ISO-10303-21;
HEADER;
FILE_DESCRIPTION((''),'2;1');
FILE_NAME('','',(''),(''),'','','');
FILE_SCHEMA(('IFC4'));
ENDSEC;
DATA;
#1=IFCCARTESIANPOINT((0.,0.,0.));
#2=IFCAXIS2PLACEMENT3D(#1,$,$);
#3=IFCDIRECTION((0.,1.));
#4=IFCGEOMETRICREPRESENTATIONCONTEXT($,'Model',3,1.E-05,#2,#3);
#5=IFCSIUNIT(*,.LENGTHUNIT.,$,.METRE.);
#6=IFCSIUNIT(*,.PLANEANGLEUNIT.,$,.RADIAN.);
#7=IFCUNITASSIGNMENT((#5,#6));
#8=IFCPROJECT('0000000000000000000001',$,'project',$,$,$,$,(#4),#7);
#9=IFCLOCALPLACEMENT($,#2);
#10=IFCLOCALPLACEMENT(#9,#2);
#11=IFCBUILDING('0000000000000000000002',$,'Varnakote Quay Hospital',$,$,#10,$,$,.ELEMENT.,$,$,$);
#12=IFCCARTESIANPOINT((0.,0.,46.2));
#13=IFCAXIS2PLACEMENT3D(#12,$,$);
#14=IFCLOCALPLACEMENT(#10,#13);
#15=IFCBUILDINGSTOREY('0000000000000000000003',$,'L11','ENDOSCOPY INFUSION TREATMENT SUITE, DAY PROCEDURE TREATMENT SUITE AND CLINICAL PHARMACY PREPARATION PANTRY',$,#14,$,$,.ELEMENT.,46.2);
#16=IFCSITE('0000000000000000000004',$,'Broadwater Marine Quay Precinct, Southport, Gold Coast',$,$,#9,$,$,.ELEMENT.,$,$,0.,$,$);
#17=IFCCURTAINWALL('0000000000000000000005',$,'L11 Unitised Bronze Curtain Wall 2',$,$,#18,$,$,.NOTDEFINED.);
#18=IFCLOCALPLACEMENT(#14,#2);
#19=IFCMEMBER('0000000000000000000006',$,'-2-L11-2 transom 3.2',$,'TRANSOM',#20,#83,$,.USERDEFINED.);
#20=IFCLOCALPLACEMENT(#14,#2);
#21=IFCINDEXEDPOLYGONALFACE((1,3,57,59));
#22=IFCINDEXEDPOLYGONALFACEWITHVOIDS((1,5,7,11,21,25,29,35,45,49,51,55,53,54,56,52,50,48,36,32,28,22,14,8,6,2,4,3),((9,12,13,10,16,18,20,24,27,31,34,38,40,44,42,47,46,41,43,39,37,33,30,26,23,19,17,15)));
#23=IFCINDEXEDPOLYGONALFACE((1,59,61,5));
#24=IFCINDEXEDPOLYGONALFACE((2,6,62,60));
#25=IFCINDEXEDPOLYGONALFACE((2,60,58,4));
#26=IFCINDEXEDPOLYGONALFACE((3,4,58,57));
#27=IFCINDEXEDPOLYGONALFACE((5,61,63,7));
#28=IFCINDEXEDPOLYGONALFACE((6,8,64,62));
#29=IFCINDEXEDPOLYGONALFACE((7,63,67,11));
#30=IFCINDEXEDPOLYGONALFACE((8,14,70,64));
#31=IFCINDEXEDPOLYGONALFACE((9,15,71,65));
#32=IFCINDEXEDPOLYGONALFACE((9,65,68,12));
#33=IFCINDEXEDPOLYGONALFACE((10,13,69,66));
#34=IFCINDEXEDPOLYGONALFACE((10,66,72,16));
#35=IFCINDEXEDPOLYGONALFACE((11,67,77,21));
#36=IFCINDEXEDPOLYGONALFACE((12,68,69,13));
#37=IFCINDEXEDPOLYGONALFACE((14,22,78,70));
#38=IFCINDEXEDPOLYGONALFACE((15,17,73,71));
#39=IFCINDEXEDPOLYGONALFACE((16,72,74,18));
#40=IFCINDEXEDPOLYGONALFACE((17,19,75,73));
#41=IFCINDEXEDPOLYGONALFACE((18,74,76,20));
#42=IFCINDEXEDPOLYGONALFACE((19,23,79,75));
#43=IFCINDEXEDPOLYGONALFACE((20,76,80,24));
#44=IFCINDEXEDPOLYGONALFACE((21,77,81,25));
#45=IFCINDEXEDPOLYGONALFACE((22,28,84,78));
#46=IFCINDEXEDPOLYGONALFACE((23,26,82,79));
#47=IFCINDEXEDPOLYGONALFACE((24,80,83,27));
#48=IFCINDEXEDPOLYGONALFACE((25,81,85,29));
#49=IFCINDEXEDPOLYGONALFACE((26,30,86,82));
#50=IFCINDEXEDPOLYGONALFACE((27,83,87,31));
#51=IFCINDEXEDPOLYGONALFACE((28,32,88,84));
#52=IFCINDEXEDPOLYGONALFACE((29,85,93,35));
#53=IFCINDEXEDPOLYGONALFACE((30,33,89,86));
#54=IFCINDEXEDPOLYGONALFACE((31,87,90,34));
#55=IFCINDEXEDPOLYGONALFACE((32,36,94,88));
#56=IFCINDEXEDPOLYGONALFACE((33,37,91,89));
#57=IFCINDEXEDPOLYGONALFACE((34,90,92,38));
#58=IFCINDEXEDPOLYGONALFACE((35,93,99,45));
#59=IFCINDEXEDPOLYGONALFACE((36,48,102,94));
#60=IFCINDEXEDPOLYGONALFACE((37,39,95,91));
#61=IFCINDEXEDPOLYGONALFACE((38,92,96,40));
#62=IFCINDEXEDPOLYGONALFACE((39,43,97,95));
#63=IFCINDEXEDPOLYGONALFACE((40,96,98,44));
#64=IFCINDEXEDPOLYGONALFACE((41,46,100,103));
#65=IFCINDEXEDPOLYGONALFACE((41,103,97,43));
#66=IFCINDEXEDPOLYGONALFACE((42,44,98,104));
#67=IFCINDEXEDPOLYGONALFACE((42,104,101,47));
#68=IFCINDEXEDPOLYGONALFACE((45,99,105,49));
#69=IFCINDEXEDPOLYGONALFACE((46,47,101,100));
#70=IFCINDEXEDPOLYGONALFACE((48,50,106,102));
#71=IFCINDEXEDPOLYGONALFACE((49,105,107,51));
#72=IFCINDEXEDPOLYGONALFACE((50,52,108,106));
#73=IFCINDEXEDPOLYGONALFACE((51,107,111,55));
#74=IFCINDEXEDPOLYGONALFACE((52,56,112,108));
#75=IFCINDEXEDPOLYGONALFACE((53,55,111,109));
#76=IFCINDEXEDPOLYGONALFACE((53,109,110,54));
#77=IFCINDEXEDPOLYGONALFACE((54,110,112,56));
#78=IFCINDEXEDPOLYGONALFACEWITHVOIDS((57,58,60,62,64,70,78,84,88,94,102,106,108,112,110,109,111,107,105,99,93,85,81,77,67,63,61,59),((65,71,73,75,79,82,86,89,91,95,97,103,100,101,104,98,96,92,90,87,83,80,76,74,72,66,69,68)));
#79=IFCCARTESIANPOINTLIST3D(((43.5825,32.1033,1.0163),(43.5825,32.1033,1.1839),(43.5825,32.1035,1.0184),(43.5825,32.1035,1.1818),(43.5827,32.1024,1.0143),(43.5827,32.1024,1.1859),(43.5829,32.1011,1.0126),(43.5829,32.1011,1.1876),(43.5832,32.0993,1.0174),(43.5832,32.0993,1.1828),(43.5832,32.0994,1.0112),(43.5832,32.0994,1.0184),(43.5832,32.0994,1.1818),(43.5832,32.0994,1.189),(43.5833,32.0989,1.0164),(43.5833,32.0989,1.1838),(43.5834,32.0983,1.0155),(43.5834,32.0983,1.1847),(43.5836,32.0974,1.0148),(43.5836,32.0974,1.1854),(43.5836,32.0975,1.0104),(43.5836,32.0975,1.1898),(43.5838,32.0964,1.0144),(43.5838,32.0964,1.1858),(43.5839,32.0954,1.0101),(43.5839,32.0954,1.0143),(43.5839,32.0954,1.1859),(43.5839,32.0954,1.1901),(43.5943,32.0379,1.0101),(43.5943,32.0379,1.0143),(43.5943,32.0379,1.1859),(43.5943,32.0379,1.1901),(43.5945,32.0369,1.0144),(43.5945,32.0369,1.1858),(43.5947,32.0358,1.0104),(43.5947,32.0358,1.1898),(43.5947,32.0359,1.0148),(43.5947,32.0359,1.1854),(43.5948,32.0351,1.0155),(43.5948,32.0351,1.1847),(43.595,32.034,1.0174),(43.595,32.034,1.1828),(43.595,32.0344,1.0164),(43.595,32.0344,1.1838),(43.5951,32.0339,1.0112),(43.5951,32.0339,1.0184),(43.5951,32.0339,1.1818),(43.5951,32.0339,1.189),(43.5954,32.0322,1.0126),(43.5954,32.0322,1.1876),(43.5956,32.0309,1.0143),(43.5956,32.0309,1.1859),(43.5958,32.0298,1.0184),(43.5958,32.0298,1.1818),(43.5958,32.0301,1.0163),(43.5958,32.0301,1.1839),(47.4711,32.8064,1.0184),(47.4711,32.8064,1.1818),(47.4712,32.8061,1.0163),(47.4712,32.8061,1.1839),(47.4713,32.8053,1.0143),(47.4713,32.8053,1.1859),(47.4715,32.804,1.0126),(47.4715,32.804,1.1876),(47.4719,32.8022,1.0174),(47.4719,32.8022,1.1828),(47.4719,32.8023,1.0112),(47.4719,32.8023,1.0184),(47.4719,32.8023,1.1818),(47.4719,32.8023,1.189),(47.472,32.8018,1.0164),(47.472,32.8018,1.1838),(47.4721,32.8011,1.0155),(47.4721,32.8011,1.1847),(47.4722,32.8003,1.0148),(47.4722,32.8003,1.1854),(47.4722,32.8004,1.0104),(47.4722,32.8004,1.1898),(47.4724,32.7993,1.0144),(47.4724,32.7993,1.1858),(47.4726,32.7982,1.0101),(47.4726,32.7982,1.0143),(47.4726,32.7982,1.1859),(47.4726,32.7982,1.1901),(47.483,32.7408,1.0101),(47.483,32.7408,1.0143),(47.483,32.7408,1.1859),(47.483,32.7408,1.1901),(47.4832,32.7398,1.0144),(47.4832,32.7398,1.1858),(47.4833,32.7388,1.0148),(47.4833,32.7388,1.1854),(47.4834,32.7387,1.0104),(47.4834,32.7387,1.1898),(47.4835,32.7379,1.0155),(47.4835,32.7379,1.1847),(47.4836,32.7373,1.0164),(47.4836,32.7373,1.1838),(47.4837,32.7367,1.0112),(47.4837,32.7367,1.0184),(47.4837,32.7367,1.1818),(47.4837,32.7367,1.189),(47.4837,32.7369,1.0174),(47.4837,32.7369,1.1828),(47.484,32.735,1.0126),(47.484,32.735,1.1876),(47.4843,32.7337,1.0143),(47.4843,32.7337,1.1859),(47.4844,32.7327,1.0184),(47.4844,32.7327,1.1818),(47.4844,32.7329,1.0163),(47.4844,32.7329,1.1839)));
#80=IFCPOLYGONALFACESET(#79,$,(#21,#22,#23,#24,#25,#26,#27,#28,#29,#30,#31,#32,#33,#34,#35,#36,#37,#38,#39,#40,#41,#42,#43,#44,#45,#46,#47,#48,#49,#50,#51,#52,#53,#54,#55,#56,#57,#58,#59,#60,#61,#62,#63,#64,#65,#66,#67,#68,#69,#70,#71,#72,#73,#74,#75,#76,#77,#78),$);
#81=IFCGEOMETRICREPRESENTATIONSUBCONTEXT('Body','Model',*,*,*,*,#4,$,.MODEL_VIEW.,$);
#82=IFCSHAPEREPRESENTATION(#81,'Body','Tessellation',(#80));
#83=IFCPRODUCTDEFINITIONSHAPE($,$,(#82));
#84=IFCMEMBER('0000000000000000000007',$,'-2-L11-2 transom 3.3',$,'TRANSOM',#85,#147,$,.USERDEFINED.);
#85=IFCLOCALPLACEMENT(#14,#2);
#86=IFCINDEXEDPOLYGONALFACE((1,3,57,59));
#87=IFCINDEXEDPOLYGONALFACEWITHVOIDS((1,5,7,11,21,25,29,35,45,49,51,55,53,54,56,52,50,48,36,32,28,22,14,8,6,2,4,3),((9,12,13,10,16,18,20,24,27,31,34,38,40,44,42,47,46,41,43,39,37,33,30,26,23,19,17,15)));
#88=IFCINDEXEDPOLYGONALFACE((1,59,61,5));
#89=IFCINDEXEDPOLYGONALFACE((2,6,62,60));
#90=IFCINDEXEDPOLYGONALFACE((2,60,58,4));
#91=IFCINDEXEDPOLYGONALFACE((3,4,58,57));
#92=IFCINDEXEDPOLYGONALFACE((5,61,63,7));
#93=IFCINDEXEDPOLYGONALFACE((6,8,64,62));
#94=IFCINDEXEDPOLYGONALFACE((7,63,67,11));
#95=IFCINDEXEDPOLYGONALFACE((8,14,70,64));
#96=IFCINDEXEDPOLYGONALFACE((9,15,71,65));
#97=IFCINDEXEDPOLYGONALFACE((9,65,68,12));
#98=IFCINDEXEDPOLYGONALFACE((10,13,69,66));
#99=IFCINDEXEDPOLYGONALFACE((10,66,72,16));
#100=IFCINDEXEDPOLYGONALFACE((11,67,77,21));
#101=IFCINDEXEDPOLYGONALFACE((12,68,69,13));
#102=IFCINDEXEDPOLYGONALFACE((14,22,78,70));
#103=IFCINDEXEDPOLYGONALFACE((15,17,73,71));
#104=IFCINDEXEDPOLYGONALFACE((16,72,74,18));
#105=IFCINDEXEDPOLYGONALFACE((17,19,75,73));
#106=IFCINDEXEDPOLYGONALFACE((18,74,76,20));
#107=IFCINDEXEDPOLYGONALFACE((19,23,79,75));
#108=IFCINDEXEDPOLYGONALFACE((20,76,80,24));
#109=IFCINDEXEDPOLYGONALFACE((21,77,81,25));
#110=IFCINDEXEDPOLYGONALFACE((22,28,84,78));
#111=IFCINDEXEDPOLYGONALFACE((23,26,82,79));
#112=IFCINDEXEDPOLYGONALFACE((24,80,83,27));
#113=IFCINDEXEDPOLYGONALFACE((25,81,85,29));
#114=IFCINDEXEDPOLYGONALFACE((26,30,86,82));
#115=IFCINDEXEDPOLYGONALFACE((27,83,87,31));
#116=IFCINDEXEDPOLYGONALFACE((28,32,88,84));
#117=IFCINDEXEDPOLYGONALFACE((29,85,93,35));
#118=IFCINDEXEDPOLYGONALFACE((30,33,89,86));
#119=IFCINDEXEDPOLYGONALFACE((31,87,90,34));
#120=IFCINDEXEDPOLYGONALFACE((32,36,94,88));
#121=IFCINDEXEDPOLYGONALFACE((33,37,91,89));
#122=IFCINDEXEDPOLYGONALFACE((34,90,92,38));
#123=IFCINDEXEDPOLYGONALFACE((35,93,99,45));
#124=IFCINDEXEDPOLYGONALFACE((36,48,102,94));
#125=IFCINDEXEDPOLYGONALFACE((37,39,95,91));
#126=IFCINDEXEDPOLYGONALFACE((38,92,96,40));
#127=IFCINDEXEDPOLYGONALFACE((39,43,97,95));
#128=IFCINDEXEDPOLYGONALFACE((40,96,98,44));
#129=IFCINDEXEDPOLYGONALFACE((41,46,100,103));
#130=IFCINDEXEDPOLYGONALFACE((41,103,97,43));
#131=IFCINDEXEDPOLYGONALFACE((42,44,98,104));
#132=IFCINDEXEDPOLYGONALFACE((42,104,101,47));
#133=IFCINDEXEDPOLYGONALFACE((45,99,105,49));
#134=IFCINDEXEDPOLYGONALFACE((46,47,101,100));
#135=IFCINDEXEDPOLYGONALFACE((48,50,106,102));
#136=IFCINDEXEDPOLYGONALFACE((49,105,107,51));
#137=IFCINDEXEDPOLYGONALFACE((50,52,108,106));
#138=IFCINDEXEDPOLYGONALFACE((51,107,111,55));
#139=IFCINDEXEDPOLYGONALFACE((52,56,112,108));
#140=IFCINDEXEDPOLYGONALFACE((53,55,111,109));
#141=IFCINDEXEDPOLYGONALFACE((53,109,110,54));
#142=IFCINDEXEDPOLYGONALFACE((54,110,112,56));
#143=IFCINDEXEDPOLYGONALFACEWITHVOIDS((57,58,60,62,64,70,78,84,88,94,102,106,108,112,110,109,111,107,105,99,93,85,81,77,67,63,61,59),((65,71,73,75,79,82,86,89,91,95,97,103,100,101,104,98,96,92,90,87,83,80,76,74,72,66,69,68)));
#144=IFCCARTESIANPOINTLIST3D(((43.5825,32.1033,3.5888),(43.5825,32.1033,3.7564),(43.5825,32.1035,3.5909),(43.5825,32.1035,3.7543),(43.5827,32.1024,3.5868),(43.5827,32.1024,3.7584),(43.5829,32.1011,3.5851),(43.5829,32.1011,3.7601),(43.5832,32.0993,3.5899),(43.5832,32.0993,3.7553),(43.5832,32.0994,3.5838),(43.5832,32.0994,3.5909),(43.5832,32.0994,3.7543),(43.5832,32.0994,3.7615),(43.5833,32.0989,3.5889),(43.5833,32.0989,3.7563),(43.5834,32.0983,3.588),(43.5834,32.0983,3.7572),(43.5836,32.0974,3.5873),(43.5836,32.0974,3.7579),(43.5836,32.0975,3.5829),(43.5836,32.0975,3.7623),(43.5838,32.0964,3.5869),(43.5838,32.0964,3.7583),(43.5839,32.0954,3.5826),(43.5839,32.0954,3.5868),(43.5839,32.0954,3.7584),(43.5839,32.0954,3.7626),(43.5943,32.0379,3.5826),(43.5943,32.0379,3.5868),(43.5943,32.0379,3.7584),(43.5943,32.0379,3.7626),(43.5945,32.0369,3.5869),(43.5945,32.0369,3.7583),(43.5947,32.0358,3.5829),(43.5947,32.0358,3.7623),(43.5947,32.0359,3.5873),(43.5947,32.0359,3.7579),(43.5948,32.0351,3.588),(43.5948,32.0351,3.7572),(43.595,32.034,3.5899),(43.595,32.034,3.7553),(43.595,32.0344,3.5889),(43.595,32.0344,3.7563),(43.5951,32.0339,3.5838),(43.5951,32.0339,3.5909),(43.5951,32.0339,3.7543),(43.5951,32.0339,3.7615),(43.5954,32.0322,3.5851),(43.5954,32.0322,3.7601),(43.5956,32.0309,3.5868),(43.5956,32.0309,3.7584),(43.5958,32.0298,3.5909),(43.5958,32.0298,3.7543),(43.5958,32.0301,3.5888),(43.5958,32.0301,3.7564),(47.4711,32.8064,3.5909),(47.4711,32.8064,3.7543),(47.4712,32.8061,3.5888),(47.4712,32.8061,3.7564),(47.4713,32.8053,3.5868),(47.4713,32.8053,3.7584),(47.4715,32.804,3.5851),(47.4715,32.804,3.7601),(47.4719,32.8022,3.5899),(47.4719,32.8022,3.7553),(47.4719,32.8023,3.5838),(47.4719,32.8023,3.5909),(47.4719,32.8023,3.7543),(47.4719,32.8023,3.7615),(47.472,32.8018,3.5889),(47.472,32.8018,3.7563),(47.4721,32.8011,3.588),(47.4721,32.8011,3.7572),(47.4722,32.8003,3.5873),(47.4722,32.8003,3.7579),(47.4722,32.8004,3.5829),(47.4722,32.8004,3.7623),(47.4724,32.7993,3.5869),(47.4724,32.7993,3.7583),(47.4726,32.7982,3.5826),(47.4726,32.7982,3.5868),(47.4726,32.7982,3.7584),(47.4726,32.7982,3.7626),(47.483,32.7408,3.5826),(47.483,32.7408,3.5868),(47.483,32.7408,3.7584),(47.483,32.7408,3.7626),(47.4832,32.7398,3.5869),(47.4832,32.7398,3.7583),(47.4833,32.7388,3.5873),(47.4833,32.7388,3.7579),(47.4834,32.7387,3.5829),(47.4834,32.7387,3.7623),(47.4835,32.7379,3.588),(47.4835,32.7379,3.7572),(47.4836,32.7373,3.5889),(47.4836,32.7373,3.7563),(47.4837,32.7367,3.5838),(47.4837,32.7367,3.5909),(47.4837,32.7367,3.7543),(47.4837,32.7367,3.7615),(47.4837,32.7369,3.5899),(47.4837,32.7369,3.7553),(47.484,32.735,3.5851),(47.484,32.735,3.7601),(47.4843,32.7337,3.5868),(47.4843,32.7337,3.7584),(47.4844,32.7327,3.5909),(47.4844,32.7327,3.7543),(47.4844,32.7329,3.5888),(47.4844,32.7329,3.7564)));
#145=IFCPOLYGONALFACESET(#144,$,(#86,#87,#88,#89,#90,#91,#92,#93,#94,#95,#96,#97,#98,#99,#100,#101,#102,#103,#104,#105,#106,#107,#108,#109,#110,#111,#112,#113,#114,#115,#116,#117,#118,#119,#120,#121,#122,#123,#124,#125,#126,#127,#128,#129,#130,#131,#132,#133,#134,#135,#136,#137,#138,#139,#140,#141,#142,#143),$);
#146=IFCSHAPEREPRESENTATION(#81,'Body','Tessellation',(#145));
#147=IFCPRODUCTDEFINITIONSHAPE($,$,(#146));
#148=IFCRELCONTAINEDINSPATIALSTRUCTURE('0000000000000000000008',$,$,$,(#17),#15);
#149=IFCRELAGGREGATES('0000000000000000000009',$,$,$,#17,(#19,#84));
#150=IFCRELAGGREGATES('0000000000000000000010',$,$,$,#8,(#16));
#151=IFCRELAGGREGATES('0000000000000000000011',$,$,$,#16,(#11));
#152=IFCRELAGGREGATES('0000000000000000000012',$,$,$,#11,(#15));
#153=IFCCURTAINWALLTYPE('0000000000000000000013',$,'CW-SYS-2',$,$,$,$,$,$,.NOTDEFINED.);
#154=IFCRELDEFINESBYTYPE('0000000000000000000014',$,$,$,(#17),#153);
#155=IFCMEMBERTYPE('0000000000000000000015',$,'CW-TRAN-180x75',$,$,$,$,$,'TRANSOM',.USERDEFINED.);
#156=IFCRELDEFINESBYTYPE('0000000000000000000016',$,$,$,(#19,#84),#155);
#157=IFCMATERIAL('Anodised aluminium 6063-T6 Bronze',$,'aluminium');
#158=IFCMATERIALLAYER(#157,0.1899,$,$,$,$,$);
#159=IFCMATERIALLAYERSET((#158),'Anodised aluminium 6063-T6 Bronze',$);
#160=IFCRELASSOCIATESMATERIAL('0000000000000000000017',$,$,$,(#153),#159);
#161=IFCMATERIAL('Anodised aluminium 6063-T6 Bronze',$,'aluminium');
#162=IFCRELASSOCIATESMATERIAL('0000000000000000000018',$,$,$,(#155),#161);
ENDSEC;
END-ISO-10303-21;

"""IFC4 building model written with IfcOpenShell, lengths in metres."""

from ifc_helpers import new_model, si_unit, direction, frame, origin, origin_2d, place, context, subcontext, project, spatial, hollow_rectangle, extrude, material, layer, layer_set, material_profile, profile_set, type_object, element, aggregate, save


model = new_model("IFC4")

# Units and contexts
model_context = context("Model", 3, precision=1e-05, world=origin(), true_north=direction((0.0, 1.0)))
body_context = subcontext(model_context, "Body", "Model", "MODEL_VIEW")
ifc_project = project(units=[si_unit("LENGTHUNIT", "METRE"), si_unit("PLANEANGLEUNIT", "RADIAN")], contexts=[model_context])

# Site, building, storey
site_placement = place(None, origin())
site = spatial("IfcSite", under=ifc_project, at=site_placement, Name="Broadwater Marine Quay Precinct, Southport, Gold Coast", CompositionType="ELEMENT", RefElevation=0.0)
building_placement = place(site_placement, origin())
building = spatial("IfcBuilding", under=site, at=building_placement, Name="Varnakote Quay Hospital", CompositionType="ELEMENT")
storey_placement = place(building_placement, frame((0.0, 0.0, 46.2)))
storey = spatial("IfcBuildingStorey", under=building, at=storey_placement, Name="L11", Description="ENDOSCOPY INFUSION TREATMENT SUITE, DAY PROCEDURE TREATMENT SUITE AND CLINICAL PHARMACY PREPARATION PANTRY", CompositionType="ELEMENT", Elevation=46.2)

# Curtain wall, members
ifc_material_1 = material(Name="Anodised aluminium 6063-T6 Bronze", Category="aluminium")
ifc_layer_1 = layer(ifc_material_1, 0.1899)
ifc_layer_set_1 = layer_set([ifc_layer_1], Name="Anodised aluminium 6063-T6 Bronze")
curtain_wall_type = type_object("IfcCurtainWallType", Name="CW-SYS-2", PredefinedType="NOTDEFINED", material=ifc_layer_set_1)
curtain_wall_placement = place(storey_placement, origin())
curtain_wall = element("IfcCurtainWall", 1, at=curtain_wall_placement, inside=storey, type_object=curtain_wall_type, Name="L11 Unitised Bronze Curtain Wall 2", PredefinedType="NOTDEFINED")
ifc_material_2 = material(Name="Anodised aluminium 6063-T6 Bronze", Category="aluminium")
ifc_material_profile_1 = material_profile(ifc_material_2, hollow_rectangle(XDim=0.075, YDim=0.1799, WallThickness=0.0042, InnerFilletRadius=0.0042, OuterFilletRadius=0.0083, at=origin_2d()), Name="CW-TRAN-180x75")
ifc_profile_set_1 = profile_set([ifc_material_profile_1], Name="Anodised aluminium 6063-T6 Bronze")
member_type_1 = type_object("IfcMemberType", Name="CW-TRAN-180x75", ElementType="TRANSOM", PredefinedType="USERDEFINED", material=ifc_profile_set_1)
member_1_placement = place(storey_placement, frame((47.4778, 32.7695, 1.1001), z_axis=(-0.984054, -0.177869, 0.0), x_axis=(0.177869, -0.984054, 0.0)))
member_1 = element("IfcMember", 2, at=member_1_placement, type_object=member_type_1, Name="-2-L11-2 transom 3.2", ObjectType="TRANSOM", PredefinedType="USERDEFINED", context=body_context, shape_type="SweptSolid", body=[
    extrude(hollow_rectangle(XDim=0.075, YDim=0.1799, WallThickness=0.0042, InnerFilletRadius=0.0042, OuterFilletRadius=0.0083, at=origin_2d()), origin(), (0.0, 0.0, 1.0), 3.9517),
])
member_2_placement = place(storey_placement, frame((47.4778, 32.7695, 3.6726), z_axis=(-0.984054, -0.177869, 0.0), x_axis=(0.177869, -0.984054, 0.0)))
member_2 = element("IfcMember", 3, at=member_2_placement, type_object=member_type_1, Name="-2-L11-2 transom 3.3", ObjectType="TRANSOM", PredefinedType="USERDEFINED", context=body_context, shape_type="SweptSolid", body=[
    extrude(hollow_rectangle(XDim=0.075, YDim=0.1799, WallThickness=0.0042, InnerFilletRadius=0.0042, OuterFilletRadius=0.0083, at=origin_2d()), origin(), (0.0, 0.0, 1.0), 3.9517),
])
aggregate(curtain_wall, [member_1, member_2])

save(model, "model.ifc")
